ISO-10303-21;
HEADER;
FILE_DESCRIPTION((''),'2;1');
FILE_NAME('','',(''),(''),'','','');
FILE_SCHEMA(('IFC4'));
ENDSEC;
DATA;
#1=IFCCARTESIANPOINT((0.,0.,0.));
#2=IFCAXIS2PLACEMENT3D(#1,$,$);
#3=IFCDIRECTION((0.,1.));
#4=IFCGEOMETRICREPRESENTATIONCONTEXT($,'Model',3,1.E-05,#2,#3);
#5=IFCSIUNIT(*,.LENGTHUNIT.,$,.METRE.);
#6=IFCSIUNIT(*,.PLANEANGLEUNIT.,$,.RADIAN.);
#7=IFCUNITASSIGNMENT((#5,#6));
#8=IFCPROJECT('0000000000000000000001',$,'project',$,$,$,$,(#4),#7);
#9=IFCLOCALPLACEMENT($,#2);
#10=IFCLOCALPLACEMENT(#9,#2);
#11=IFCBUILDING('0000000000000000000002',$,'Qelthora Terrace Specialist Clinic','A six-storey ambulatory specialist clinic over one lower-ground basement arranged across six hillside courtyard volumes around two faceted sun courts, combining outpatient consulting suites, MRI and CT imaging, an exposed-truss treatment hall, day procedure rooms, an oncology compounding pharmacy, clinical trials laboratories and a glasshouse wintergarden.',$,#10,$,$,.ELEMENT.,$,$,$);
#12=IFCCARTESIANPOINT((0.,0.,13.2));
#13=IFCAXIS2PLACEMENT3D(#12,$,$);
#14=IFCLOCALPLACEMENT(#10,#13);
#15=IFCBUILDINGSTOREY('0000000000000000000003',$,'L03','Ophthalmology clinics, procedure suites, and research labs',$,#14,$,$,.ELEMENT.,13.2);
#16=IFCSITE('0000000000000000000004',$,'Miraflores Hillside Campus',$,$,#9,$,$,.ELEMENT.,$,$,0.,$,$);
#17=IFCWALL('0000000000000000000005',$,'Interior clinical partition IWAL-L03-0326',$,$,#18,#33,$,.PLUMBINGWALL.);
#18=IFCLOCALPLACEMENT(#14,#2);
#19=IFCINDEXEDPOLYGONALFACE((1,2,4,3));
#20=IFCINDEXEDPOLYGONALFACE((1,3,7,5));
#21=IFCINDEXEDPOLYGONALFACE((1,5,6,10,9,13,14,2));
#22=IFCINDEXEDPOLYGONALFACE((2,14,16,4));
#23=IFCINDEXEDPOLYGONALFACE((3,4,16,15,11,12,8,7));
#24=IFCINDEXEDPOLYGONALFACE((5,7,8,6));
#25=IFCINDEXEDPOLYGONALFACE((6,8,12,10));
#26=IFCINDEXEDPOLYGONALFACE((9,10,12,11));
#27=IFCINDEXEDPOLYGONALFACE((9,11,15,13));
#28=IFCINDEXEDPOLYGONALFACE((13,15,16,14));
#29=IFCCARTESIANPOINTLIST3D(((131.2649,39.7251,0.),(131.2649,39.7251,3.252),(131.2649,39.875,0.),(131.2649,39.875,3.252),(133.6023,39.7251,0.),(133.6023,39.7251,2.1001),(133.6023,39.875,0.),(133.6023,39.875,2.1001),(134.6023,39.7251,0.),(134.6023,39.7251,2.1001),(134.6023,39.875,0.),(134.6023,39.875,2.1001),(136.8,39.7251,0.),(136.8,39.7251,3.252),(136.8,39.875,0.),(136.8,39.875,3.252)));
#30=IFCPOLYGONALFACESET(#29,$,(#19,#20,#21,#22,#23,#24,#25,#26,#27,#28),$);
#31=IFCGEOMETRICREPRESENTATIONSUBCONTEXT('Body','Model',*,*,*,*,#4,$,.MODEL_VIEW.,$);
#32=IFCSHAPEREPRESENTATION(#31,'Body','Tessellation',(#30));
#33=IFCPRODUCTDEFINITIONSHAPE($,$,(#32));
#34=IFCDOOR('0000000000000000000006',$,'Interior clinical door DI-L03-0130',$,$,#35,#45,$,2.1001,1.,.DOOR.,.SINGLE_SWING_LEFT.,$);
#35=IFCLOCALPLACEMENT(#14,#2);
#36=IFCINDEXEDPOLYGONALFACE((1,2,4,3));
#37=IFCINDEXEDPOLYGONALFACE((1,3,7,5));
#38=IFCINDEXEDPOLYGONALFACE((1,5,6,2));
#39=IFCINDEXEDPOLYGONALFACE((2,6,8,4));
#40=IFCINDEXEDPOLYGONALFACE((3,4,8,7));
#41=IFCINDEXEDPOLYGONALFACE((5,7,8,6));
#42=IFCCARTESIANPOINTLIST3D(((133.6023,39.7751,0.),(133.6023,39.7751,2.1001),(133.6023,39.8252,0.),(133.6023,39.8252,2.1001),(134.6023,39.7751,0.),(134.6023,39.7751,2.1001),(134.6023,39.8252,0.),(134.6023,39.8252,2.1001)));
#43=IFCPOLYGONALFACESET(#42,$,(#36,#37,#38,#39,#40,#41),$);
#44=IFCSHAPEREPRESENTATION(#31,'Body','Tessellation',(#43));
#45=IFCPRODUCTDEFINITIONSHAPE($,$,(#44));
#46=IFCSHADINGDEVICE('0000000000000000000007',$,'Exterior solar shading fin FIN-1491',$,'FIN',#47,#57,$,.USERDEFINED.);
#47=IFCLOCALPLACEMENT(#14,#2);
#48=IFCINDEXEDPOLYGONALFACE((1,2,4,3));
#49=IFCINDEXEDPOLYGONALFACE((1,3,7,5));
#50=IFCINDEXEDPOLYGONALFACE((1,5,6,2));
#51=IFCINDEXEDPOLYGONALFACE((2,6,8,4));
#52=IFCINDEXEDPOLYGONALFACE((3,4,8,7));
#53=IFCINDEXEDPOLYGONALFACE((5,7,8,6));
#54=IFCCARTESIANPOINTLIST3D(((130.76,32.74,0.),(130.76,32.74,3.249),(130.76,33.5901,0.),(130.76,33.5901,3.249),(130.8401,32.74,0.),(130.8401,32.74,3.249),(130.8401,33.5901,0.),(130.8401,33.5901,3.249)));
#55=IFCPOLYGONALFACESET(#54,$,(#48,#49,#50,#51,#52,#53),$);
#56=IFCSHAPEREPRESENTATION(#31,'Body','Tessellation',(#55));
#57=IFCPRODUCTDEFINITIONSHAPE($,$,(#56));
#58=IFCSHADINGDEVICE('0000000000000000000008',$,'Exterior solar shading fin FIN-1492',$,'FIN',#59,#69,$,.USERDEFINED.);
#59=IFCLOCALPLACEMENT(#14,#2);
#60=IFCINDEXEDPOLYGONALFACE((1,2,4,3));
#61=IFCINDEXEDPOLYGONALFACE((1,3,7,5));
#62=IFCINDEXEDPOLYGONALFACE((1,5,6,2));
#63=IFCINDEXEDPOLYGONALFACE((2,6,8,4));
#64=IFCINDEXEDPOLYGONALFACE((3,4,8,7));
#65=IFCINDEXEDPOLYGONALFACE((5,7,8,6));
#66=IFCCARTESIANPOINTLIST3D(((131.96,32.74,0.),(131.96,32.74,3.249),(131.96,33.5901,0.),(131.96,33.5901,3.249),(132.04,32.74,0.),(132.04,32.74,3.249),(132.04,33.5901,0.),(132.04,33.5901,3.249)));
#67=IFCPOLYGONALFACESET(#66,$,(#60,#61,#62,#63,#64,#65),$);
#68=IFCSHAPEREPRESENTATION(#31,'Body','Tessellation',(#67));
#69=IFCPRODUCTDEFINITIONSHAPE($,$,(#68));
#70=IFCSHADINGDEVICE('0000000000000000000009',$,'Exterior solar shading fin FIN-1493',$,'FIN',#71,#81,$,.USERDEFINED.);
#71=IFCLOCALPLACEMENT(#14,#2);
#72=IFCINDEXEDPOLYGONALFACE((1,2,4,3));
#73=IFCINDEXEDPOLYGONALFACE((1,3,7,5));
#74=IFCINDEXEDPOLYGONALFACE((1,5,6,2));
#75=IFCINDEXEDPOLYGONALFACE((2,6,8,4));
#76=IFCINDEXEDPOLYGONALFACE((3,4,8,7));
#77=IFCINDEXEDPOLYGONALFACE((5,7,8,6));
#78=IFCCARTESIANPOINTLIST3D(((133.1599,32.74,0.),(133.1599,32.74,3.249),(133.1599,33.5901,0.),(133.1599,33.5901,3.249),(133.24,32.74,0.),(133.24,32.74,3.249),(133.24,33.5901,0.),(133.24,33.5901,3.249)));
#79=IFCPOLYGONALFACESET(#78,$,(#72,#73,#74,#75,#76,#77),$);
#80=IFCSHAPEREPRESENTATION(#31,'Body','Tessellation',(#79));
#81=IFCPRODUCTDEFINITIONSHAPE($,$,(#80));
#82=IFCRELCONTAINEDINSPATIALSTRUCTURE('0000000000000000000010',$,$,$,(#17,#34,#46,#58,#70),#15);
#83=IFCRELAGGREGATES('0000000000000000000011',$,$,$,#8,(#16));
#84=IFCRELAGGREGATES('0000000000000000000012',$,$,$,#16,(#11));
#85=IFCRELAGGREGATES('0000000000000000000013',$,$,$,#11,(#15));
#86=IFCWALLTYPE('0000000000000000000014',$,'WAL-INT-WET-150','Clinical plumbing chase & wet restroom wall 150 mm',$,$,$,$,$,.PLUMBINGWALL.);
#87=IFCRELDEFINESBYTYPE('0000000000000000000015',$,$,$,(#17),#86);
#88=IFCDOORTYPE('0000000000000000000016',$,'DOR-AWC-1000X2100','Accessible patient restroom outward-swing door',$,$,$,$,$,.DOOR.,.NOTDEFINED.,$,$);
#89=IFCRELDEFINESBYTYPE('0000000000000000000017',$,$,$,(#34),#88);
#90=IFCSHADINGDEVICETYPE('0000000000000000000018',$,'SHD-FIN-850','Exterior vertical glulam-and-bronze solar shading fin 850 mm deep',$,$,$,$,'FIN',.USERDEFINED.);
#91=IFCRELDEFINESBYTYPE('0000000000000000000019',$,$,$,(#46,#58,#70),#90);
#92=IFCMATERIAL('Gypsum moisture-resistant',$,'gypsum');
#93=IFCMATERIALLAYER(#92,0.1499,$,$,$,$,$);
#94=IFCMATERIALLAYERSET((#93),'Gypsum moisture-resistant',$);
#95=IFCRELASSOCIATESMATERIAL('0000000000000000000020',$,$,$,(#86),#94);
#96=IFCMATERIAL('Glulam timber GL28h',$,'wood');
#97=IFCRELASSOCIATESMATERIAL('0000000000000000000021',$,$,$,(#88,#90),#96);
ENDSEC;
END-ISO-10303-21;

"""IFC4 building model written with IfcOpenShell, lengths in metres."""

from ifc_helpers import new_model, si_unit, direction, frame, frame_2d, origin, origin_2d, place, context, subcontext, project, spatial, rectangle, extrude, material, layer, layer_set, type_object, element, fill, save


model = new_model("IFC4")

# Units and contexts
model_context = context("Model", 3, precision=1e-05, world=origin(), true_north=direction((0.0, 1.0)))
body_context = subcontext(model_context, "Body", "Model", "MODEL_VIEW")
ifc_project = project(units=[si_unit("LENGTHUNIT", "METRE"), si_unit("PLANEANGLEUNIT", "RADIAN")], contexts=[model_context])

# Site, building, storey
site_placement = place(None, origin())
site = spatial("IfcSite", under=ifc_project, at=site_placement, Name="Miraflores Hillside Campus", CompositionType="ELEMENT", RefElevation=0.0)
building_placement = place(site_placement, origin())
building = spatial("IfcBuilding", under=site, at=building_placement, Name="Qelthora Terrace Specialist Clinic", Description="A six-storey ambulatory specialist clinic over one lower-ground basement arranged across six hillside courtyard volumes around two faceted sun courts, combining outpatient consulting suites, MRI and CT imaging, an exposed-truss treatment hall, day procedure rooms, an oncology compounding pharmacy, clinical trials laboratories and a glasshouse wintergarden.", CompositionType="ELEMENT")
storey_placement = place(building_placement, frame((0.0, 0.0, 13.2)))
storey = spatial("IfcBuildingStorey", under=building, at=storey_placement, Name="L03", Description="Ophthalmology clinics, procedure suites, and research labs", CompositionType="ELEMENT", Elevation=13.2)

# Shared definitions
ifc_material_1 = material(Name="Gypsum moisture-resistant", Category="gypsum")
ifc_layer_1 = layer(ifc_material_1, 0.1499)
ifc_layer_set_1 = layer_set([ifc_layer_1], Name="Gypsum moisture-resistant")
wall_type_1 = type_object("IfcWallType", Name="WAL-INT-WET-150", Description="Clinical plumbing chase & wet restroom wall 150 mm", PredefinedType="PLUMBINGWALL", material=ifc_layer_set_1)

# Wall, opening, door
wall_1_placement = place(storey_placement, frame((131.2649, 39.8, 0.0), z_axis=(0.0, 0.0, 1.0), x_axis=(1.0, 0.0, 0.0)))
wall_1 = element("IfcWall", 1, at=wall_1_placement, inside=storey, type_object=wall_type_1, Name="Interior clinical partition IWAL-L03-0326", PredefinedType="PLUMBINGWALL", context=body_context, shape_type="SweptSolid", body=[
    extrude(rectangle(XDim=5.5352, YDim=0.1499, at=frame_2d((2.7676, 0.0))), origin(), (0.0, 0.0, 1.0), 3.252),
])
opening_1_placement = place(wall_1_placement, frame((2.3374, 0.0, 0.0)))
opening_1 = element("IfcOpeningElement", 2, at=opening_1_placement, cuts=wall_1, PredefinedType="OPENING", context=body_context, shape_type="SweptSolid", body=[
    extrude(rectangle(XDim=1.0, YDim=2.1001, at=frame_2d((0.5, 1.05))), frame((0.0, 0.085, 0.0), z_axis=(0.0, -1.0, 0.0), x_axis=(1.0, 0.0, 0.0)), (0.0, 0.0, 1.0), 0.1699),
])
ifc_material_2 = material(Name="Glulam timber GL28h", Category="wood")
door_type = type_object("IfcDoorType", Name="DOR-AWC-1000X2100", Description="Accessible patient restroom outward-swing door", OperationType="NOTDEFINED", PredefinedType="DOOR", material=ifc_material_2)
door_placement = place(opening_1_placement, frame((1.0, 0.0, 0.0), z_axis=(0.0, 0.0, 1.0), x_axis=(-1.0, 0.0, 0.0)))
door = element("IfcDoor", 3, at=door_placement, inside=storey, type_object=door_type, Name="Interior clinical door DI-L03-0130", OperationType="SINGLE_SWING_LEFT", OverallHeight=2.1001, OverallWidth=1.0, PredefinedType="DOOR", context=body_context, shape_type="SweptSolid", body=[
    extrude(rectangle(XDim=1.0, YDim=2.1001, at=frame_2d((0.5, 1.05))), frame((0.0, 0.0249, 0.0), z_axis=(0.0, -1.0, 0.0), x_axis=(1.0, 0.0, 0.0)), (0.0, 0.0, 1.0), 0.05),
])
fill(opening_1, door)

# Shading devices
shading_device_type = type_object("IfcShadingDeviceType", Name="SHD-FIN-850", Description="Exterior vertical glulam-and-bronze solar shading fin 850 mm deep", ElementType="FIN", PredefinedType="USERDEFINED", material=ifc_material_2)
for number, where, z_axis, x_axis, name in (
    (4, (130.8, 33.165, 0.0), (0.0, 0.0, 1.0), (0.0, -1.0, 0.0), "Exterior solar shading fin FIN-1491"),
    (5, (132.0, 33.165, 0.0), (0.0, 0.0, 1.0), (0.0, -1.0, 0.0), "Exterior solar shading fin FIN-1492"),
    (6, (133.2, 33.165, 0.0), (0.0, 0.0, 1.0), (0.0, -1.0, 0.0), "Exterior solar shading fin FIN-1493"),
):
    element("IfcShadingDevice", number, at=place(storey_placement, frame(where, z_axis=z_axis, x_axis=x_axis)), inside=storey, type_object=shading_device_type, Name=name, ObjectType="FIN", PredefinedType="USERDEFINED", context=body_context, shape_type="SweptSolid", body=[
        extrude(rectangle(XDim=0.8501, YDim=0.0801, at=origin_2d()), origin(), (0.0, 0.0, 1.0), 3.249),
    ])

save(model, "model.ifc")
